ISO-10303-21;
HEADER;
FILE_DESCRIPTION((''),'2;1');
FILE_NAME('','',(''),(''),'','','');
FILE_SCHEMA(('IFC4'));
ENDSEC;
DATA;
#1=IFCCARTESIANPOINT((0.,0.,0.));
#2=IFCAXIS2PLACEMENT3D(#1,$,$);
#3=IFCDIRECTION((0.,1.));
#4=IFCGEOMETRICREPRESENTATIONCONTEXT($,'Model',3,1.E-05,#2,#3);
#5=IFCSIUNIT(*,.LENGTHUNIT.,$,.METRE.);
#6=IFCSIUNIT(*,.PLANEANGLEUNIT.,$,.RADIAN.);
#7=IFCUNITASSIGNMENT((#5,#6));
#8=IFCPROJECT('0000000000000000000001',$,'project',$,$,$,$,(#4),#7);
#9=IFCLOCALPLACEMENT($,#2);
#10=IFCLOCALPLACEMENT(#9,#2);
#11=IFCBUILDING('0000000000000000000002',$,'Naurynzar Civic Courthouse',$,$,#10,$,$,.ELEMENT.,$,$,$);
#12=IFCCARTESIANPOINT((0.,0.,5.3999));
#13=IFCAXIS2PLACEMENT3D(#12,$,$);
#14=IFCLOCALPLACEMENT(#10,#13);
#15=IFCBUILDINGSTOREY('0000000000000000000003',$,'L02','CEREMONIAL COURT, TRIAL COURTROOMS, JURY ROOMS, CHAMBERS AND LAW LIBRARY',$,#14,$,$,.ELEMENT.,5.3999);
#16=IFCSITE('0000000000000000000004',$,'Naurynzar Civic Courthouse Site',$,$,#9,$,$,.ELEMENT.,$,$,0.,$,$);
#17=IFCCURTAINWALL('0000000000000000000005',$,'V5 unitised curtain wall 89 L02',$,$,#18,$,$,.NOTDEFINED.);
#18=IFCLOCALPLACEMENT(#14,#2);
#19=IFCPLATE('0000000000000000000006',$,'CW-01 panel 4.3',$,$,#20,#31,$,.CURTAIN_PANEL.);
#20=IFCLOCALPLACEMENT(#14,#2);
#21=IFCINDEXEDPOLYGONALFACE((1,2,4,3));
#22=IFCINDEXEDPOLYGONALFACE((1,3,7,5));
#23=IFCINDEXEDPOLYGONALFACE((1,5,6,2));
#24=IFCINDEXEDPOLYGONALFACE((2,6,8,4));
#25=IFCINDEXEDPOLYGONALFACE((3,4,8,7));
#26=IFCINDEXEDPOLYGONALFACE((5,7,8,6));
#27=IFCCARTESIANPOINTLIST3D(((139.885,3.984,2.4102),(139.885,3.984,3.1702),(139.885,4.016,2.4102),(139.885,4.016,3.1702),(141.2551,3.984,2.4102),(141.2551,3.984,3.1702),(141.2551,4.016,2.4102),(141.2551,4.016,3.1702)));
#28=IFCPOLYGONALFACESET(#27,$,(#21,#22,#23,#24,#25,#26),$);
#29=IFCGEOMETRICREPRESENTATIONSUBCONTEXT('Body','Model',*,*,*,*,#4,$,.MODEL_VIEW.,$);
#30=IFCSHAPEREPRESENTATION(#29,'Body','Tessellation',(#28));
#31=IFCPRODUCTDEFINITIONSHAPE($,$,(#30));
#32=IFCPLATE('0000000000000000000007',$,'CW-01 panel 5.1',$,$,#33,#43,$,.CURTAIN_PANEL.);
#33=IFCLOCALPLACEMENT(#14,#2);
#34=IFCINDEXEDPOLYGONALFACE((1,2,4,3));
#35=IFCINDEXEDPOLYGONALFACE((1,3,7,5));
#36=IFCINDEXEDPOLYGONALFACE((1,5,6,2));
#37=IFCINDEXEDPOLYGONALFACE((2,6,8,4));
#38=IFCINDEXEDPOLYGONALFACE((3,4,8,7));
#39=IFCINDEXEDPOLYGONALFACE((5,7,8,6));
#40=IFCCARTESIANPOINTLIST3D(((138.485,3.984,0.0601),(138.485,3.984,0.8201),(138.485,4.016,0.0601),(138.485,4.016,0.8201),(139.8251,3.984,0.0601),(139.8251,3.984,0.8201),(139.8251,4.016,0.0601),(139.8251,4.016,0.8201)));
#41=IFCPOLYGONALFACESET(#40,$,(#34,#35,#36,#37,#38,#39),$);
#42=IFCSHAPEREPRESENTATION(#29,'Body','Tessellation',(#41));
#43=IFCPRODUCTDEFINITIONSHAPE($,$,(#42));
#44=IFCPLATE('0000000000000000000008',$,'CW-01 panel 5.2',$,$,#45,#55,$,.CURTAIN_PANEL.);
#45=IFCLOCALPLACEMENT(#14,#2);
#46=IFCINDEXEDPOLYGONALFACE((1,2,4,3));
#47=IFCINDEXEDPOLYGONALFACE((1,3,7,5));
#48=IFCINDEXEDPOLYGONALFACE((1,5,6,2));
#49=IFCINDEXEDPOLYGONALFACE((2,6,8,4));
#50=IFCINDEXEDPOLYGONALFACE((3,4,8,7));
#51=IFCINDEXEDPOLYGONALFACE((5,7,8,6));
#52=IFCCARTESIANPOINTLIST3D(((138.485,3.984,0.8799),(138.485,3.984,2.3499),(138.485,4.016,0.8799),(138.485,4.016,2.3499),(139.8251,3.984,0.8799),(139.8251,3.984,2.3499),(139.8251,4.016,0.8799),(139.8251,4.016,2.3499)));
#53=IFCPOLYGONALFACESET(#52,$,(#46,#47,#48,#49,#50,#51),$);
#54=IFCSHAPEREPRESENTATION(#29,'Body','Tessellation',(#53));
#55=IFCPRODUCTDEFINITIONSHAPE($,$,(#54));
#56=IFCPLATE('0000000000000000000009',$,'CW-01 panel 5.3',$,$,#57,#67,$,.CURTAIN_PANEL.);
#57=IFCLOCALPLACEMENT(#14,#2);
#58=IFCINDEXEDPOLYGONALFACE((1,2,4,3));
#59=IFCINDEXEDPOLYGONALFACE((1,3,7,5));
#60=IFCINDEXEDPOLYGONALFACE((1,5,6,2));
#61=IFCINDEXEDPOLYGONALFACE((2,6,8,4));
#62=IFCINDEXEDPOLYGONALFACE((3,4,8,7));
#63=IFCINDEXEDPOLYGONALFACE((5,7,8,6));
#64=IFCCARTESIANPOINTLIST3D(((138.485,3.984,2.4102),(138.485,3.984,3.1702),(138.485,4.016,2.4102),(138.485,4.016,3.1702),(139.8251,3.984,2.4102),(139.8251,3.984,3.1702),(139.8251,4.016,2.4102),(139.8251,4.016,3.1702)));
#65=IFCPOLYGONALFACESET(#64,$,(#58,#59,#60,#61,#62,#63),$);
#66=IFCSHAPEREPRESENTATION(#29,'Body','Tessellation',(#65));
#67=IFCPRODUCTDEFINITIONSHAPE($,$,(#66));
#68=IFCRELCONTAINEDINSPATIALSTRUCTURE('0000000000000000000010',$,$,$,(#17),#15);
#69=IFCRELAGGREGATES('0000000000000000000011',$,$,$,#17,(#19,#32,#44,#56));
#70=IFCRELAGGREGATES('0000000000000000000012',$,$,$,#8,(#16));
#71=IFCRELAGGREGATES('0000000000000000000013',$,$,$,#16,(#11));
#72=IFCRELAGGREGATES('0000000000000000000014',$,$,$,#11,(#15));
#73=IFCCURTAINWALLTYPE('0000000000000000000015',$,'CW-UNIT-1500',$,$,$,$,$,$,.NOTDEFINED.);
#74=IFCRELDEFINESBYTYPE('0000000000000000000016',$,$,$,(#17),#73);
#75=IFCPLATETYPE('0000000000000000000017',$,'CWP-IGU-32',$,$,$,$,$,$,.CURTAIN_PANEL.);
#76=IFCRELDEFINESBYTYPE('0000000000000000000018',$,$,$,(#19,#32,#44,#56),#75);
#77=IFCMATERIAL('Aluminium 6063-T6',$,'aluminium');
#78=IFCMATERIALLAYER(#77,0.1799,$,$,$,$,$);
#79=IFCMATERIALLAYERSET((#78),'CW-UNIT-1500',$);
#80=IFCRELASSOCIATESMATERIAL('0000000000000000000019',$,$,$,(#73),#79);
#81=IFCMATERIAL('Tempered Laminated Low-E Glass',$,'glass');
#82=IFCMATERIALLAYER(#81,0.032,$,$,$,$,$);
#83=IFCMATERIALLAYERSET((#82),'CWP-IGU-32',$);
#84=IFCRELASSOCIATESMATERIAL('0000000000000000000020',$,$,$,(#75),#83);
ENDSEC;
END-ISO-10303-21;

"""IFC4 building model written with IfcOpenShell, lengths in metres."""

from ifc_helpers import new_model, si_unit, direction, frame, origin, origin_2d, place, context, subcontext, project, spatial, rectangle, extrude, material, layer, layer_set, type_object, element, aggregate, save


model = new_model("IFC4")

# Units and contexts
model_context = context("Model", 3, precision=1e-05, world=origin(), true_north=direction((0.0, 1.0)))
body_context = subcontext(model_context, "Body", "Model", "MODEL_VIEW")
ifc_project = project(units=[si_unit("LENGTHUNIT", "METRE"), si_unit("PLANEANGLEUNIT", "RADIAN")], contexts=[model_context])

# Site, building, storey
site_placement = place(None, origin())
site = spatial("IfcSite", under=ifc_project, at=site_placement, Name="Naurynzar Civic Courthouse Site", CompositionType="ELEMENT", RefElevation=0.0)
building_placement = place(site_placement, origin())
building = spatial("IfcBuilding", under=site, at=building_placement, Name="Naurynzar Civic Courthouse", CompositionType="ELEMENT")
storey_placement = place(building_placement, frame((0.0, 0.0, 5.3999)))
storey = spatial("IfcBuildingStorey", under=building, at=storey_placement, Name="L02", Description="CEREMONIAL COURT, TRIAL COURTROOMS, JURY ROOMS, CHAMBERS AND LAW LIBRARY", CompositionType="ELEMENT", Elevation=5.3999)

# Curtain wall, plates
ifc_material_1 = material(Name="Aluminium 6063-T6", Category="aluminium")
ifc_layer_1 = layer(ifc_material_1, 0.1799)
ifc_layer_set_1 = layer_set([ifc_layer_1], Name="CW-UNIT-1500")
curtain_wall_type = type_object("IfcCurtainWallType", Name="CW-UNIT-1500", PredefinedType="NOTDEFINED", material=ifc_layer_set_1)
curtain_wall_placement = place(storey_placement, origin())
curtain_wall = element("IfcCurtainWall", 1, at=curtain_wall_placement, inside=storey, type_object=curtain_wall_type, Name="V5 unitised curtain wall 89 L02", PredefinedType="NOTDEFINED")
ifc_material_2 = material(Name="Tempered Laminated Low-E Glass", Category="glass")
ifc_layer_2 = layer(ifc_material_2, 0.032)
ifc_layer_set_2 = layer_set([ifc_layer_2], Name="CWP-IGU-32")
plate_type = type_object("IfcPlateType", Name="CWP-IGU-32", PredefinedType="CURTAIN_PANEL", material=ifc_layer_set_2)
plate_1_placement = place(storey_placement, frame((140.5701, 4.0, 2.4102), z_axis=(0.0, 0.0, 1.0), x_axis=(-1.0, 0.0, 0.0)))
plate_1 = element("IfcPlate", 2, at=plate_1_placement, type_object=plate_type, Name="CW-01 panel 4.3", PredefinedType="CURTAIN_PANEL", context=body_context, shape_type="SweptSolid", body=[
    extrude(rectangle(XDim=1.3701, YDim=0.032, at=origin_2d()), origin(), (0.0, 0.0, 1.0), 0.76),
])
plate_2_placement = place(storey_placement, frame((139.155, 4.0, 0.0601), z_axis=(0.0, 0.0, 1.0), x_axis=(-1.0, 0.0, 0.0)))
plate_2 = element("IfcPlate", 3, at=plate_2_placement, type_object=plate_type, Name="CW-01 panel 5.1", PredefinedType="CURTAIN_PANEL", context=body_context, shape_type="SweptSolid", body=[
    extrude(rectangle(XDim=1.3401, YDim=0.032, at=origin_2d()), origin(), (0.0, 0.0, 1.0), 0.76),
])
plate_3_placement = place(storey_placement, frame((139.155, 4.0, 0.8799), z_axis=(0.0, 0.0, 1.0), x_axis=(-1.0, 0.0, 0.0)))
plate_3 = element("IfcPlate", 4, at=plate_3_placement, type_object=plate_type, Name="CW-01 panel 5.2", PredefinedType="CURTAIN_PANEL", context=body_context, shape_type="SweptSolid", body=[
    extrude(rectangle(XDim=1.3401, YDim=0.032, at=origin_2d()), origin(), (0.0, 0.0, 1.0), 1.47),
])
plate_4_placement = place(storey_placement, frame((139.155, 4.0, 2.4102), z_axis=(0.0, 0.0, 1.0), x_axis=(-1.0, 0.0, 0.0)))
plate_4 = element("IfcPlate", 5, at=plate_4_placement, type_object=plate_type, Name="CW-01 panel 5.3", PredefinedType="CURTAIN_PANEL", context=body_context, shape_type="SweptSolid", body=[
    extrude(rectangle(XDim=1.3401, YDim=0.032, at=origin_2d()), origin(), (0.0, 0.0, 1.0), 0.76),
])
aggregate(curtain_wall, [plate_1, plate_2, plate_3, plate_4])

save(model, "model.ifc")
